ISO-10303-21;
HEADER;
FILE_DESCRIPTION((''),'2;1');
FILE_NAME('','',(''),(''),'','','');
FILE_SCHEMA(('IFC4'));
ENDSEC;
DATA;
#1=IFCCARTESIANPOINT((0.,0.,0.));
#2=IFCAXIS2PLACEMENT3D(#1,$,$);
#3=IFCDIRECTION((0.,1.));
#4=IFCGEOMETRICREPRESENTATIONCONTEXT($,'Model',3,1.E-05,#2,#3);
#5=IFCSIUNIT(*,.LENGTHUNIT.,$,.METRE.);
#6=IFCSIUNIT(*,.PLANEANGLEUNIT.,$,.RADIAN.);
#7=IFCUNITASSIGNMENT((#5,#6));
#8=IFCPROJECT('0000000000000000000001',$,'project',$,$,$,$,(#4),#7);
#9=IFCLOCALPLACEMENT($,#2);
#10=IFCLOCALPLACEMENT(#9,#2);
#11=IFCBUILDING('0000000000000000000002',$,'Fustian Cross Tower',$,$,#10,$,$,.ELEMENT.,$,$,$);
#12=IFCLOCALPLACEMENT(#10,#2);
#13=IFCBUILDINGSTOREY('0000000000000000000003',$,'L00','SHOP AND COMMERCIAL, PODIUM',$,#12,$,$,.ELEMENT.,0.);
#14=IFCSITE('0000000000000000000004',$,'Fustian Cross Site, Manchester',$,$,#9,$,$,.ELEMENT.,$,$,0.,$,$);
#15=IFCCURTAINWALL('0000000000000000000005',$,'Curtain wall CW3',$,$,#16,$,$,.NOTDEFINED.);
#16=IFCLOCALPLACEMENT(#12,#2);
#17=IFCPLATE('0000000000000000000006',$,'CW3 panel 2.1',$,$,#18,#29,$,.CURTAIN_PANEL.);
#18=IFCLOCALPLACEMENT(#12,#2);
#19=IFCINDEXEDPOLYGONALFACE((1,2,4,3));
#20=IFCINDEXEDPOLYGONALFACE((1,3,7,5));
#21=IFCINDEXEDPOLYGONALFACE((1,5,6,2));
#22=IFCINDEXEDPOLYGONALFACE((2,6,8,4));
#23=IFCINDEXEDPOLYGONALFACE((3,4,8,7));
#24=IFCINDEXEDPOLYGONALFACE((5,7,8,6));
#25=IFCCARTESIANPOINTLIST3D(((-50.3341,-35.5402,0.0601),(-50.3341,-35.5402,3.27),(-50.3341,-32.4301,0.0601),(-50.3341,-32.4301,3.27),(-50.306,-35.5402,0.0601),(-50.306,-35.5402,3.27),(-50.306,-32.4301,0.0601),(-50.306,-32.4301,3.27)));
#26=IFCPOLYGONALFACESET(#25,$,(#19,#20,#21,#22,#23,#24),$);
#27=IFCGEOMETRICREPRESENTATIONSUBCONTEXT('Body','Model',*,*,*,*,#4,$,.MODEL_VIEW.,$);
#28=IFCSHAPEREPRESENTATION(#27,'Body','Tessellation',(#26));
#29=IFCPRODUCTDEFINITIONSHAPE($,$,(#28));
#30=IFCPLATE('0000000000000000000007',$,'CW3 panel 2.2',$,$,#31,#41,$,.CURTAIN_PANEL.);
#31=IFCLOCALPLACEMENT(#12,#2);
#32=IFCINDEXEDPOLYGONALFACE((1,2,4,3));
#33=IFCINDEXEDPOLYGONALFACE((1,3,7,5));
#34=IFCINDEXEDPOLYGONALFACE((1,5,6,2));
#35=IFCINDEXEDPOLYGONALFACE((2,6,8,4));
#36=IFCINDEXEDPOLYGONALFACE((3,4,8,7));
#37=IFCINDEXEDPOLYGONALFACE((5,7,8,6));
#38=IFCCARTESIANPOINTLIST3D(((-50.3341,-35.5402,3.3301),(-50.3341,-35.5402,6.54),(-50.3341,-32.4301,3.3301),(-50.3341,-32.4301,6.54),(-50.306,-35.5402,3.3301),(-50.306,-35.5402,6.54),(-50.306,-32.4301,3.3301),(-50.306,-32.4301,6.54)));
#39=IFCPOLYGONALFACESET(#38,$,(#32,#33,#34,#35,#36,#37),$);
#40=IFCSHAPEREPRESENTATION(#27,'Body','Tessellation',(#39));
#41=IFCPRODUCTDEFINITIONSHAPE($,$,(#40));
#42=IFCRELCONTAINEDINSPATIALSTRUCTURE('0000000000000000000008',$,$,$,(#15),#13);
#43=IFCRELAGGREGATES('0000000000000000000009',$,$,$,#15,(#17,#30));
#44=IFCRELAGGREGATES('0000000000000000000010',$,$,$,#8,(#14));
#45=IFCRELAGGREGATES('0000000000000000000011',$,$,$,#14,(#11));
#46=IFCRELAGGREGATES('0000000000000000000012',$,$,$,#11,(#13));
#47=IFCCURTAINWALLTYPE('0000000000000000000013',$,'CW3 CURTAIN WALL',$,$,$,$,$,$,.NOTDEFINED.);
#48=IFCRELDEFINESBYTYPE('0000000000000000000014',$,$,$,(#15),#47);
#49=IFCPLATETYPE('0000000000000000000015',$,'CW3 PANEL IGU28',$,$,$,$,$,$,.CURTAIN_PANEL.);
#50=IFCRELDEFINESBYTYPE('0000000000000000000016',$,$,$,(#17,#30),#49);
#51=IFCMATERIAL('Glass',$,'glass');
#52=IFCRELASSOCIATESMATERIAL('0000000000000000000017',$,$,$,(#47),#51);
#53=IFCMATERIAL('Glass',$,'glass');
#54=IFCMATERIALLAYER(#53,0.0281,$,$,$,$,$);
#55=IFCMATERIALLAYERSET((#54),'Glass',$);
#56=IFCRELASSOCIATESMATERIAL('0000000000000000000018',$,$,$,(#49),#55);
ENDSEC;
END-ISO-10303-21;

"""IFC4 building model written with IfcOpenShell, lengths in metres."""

from ifc_helpers import new_model, si_unit, direction, frame, origin, origin_2d, place, context, subcontext, project, spatial, rectangle, extrude, material, layer, layer_set, type_object, element, aggregate, save


model = new_model("IFC4")

# Units and contexts
model_context = context("Model", 3, precision=1e-05, world=origin(), true_north=direction((0.0, 1.0)))
body_context = subcontext(model_context, "Body", "Model", "MODEL_VIEW")
ifc_project = project(units=[si_unit("LENGTHUNIT", "METRE"), si_unit("PLANEANGLEUNIT", "RADIAN")], contexts=[model_context])

# Site, building, storey
site_placement = place(None, origin())
site = spatial("IfcSite", under=ifc_project, at=site_placement, Name="Fustian Cross Site, Manchester", CompositionType="ELEMENT", RefElevation=0.0)
building_placement = place(site_placement, origin())
building = spatial("IfcBuilding", under=site, at=building_placement, Name="Fustian Cross Tower", CompositionType="ELEMENT")
storey_placement = place(building_placement, origin())
storey = spatial("IfcBuildingStorey", under=building, at=storey_placement, Name="L00", Description="SHOP AND COMMERCIAL, PODIUM", CompositionType="ELEMENT", Elevation=0.0)

# Curtain wall
ifc_material_1 = material(Name="Glass", Category="glass")
curtain_wall_type = type_object("IfcCurtainWallType", Name="CW3 CURTAIN WALL", PredefinedType="NOTDEFINED", material=ifc_material_1)
curtain_wall_1_placement = place(storey_placement, origin())
curtain_wall_1 = element("IfcCurtainWall", 1, at=curtain_wall_1_placement, inside=storey, type_object=curtain_wall_type, Name="Curtain wall CW3", PredefinedType="NOTDEFINED")

# Plates
ifc_material_2 = material(Name="Glass", Category="glass")
ifc_layer = layer(ifc_material_2, 0.0281)
ifc_layer_set = layer_set([ifc_layer], Name="Glass")
plate_type = type_object("IfcPlateType", Name="CW3 PANEL IGU28", PredefinedType="CURTAIN_PANEL", material=ifc_layer_set)
plate_1_placement = place(storey_placement, frame((-50.3201, -33.9851, 0.0601), z_axis=(0.0, 0.0, 1.0), x_axis=(0.0, -1.0, 0.0)))
plate_1 = element("IfcPlate", 2, at=plate_1_placement, type_object=plate_type, Name="CW3 panel 2.1", PredefinedType="CURTAIN_PANEL", context=body_context, shape_type="SweptSolid", body=[
    extrude(rectangle(XDim=3.1101, YDim=0.0281, at=origin_2d()), origin(), (0.0, 0.0, 1.0), 3.21),
])
plate_2_placement = place(storey_placement, frame((-50.3201, -33.9851, 3.3301), z_axis=(0.0, 0.0, 1.0), x_axis=(0.0, -1.0, 0.0)))
plate_2 = element("IfcPlate", 3, at=plate_2_placement, type_object=plate_type, Name="CW3 panel 2.2", PredefinedType="CURTAIN_PANEL", context=body_context, shape_type="SweptSolid", body=[
    extrude(rectangle(XDim=3.1101, YDim=0.0281, at=origin_2d()), origin(), (0.0, 0.0, 1.0), 3.21),
])
aggregate(curtain_wall_1, [plate_1, plate_2])

save(model, "model.ifc")
